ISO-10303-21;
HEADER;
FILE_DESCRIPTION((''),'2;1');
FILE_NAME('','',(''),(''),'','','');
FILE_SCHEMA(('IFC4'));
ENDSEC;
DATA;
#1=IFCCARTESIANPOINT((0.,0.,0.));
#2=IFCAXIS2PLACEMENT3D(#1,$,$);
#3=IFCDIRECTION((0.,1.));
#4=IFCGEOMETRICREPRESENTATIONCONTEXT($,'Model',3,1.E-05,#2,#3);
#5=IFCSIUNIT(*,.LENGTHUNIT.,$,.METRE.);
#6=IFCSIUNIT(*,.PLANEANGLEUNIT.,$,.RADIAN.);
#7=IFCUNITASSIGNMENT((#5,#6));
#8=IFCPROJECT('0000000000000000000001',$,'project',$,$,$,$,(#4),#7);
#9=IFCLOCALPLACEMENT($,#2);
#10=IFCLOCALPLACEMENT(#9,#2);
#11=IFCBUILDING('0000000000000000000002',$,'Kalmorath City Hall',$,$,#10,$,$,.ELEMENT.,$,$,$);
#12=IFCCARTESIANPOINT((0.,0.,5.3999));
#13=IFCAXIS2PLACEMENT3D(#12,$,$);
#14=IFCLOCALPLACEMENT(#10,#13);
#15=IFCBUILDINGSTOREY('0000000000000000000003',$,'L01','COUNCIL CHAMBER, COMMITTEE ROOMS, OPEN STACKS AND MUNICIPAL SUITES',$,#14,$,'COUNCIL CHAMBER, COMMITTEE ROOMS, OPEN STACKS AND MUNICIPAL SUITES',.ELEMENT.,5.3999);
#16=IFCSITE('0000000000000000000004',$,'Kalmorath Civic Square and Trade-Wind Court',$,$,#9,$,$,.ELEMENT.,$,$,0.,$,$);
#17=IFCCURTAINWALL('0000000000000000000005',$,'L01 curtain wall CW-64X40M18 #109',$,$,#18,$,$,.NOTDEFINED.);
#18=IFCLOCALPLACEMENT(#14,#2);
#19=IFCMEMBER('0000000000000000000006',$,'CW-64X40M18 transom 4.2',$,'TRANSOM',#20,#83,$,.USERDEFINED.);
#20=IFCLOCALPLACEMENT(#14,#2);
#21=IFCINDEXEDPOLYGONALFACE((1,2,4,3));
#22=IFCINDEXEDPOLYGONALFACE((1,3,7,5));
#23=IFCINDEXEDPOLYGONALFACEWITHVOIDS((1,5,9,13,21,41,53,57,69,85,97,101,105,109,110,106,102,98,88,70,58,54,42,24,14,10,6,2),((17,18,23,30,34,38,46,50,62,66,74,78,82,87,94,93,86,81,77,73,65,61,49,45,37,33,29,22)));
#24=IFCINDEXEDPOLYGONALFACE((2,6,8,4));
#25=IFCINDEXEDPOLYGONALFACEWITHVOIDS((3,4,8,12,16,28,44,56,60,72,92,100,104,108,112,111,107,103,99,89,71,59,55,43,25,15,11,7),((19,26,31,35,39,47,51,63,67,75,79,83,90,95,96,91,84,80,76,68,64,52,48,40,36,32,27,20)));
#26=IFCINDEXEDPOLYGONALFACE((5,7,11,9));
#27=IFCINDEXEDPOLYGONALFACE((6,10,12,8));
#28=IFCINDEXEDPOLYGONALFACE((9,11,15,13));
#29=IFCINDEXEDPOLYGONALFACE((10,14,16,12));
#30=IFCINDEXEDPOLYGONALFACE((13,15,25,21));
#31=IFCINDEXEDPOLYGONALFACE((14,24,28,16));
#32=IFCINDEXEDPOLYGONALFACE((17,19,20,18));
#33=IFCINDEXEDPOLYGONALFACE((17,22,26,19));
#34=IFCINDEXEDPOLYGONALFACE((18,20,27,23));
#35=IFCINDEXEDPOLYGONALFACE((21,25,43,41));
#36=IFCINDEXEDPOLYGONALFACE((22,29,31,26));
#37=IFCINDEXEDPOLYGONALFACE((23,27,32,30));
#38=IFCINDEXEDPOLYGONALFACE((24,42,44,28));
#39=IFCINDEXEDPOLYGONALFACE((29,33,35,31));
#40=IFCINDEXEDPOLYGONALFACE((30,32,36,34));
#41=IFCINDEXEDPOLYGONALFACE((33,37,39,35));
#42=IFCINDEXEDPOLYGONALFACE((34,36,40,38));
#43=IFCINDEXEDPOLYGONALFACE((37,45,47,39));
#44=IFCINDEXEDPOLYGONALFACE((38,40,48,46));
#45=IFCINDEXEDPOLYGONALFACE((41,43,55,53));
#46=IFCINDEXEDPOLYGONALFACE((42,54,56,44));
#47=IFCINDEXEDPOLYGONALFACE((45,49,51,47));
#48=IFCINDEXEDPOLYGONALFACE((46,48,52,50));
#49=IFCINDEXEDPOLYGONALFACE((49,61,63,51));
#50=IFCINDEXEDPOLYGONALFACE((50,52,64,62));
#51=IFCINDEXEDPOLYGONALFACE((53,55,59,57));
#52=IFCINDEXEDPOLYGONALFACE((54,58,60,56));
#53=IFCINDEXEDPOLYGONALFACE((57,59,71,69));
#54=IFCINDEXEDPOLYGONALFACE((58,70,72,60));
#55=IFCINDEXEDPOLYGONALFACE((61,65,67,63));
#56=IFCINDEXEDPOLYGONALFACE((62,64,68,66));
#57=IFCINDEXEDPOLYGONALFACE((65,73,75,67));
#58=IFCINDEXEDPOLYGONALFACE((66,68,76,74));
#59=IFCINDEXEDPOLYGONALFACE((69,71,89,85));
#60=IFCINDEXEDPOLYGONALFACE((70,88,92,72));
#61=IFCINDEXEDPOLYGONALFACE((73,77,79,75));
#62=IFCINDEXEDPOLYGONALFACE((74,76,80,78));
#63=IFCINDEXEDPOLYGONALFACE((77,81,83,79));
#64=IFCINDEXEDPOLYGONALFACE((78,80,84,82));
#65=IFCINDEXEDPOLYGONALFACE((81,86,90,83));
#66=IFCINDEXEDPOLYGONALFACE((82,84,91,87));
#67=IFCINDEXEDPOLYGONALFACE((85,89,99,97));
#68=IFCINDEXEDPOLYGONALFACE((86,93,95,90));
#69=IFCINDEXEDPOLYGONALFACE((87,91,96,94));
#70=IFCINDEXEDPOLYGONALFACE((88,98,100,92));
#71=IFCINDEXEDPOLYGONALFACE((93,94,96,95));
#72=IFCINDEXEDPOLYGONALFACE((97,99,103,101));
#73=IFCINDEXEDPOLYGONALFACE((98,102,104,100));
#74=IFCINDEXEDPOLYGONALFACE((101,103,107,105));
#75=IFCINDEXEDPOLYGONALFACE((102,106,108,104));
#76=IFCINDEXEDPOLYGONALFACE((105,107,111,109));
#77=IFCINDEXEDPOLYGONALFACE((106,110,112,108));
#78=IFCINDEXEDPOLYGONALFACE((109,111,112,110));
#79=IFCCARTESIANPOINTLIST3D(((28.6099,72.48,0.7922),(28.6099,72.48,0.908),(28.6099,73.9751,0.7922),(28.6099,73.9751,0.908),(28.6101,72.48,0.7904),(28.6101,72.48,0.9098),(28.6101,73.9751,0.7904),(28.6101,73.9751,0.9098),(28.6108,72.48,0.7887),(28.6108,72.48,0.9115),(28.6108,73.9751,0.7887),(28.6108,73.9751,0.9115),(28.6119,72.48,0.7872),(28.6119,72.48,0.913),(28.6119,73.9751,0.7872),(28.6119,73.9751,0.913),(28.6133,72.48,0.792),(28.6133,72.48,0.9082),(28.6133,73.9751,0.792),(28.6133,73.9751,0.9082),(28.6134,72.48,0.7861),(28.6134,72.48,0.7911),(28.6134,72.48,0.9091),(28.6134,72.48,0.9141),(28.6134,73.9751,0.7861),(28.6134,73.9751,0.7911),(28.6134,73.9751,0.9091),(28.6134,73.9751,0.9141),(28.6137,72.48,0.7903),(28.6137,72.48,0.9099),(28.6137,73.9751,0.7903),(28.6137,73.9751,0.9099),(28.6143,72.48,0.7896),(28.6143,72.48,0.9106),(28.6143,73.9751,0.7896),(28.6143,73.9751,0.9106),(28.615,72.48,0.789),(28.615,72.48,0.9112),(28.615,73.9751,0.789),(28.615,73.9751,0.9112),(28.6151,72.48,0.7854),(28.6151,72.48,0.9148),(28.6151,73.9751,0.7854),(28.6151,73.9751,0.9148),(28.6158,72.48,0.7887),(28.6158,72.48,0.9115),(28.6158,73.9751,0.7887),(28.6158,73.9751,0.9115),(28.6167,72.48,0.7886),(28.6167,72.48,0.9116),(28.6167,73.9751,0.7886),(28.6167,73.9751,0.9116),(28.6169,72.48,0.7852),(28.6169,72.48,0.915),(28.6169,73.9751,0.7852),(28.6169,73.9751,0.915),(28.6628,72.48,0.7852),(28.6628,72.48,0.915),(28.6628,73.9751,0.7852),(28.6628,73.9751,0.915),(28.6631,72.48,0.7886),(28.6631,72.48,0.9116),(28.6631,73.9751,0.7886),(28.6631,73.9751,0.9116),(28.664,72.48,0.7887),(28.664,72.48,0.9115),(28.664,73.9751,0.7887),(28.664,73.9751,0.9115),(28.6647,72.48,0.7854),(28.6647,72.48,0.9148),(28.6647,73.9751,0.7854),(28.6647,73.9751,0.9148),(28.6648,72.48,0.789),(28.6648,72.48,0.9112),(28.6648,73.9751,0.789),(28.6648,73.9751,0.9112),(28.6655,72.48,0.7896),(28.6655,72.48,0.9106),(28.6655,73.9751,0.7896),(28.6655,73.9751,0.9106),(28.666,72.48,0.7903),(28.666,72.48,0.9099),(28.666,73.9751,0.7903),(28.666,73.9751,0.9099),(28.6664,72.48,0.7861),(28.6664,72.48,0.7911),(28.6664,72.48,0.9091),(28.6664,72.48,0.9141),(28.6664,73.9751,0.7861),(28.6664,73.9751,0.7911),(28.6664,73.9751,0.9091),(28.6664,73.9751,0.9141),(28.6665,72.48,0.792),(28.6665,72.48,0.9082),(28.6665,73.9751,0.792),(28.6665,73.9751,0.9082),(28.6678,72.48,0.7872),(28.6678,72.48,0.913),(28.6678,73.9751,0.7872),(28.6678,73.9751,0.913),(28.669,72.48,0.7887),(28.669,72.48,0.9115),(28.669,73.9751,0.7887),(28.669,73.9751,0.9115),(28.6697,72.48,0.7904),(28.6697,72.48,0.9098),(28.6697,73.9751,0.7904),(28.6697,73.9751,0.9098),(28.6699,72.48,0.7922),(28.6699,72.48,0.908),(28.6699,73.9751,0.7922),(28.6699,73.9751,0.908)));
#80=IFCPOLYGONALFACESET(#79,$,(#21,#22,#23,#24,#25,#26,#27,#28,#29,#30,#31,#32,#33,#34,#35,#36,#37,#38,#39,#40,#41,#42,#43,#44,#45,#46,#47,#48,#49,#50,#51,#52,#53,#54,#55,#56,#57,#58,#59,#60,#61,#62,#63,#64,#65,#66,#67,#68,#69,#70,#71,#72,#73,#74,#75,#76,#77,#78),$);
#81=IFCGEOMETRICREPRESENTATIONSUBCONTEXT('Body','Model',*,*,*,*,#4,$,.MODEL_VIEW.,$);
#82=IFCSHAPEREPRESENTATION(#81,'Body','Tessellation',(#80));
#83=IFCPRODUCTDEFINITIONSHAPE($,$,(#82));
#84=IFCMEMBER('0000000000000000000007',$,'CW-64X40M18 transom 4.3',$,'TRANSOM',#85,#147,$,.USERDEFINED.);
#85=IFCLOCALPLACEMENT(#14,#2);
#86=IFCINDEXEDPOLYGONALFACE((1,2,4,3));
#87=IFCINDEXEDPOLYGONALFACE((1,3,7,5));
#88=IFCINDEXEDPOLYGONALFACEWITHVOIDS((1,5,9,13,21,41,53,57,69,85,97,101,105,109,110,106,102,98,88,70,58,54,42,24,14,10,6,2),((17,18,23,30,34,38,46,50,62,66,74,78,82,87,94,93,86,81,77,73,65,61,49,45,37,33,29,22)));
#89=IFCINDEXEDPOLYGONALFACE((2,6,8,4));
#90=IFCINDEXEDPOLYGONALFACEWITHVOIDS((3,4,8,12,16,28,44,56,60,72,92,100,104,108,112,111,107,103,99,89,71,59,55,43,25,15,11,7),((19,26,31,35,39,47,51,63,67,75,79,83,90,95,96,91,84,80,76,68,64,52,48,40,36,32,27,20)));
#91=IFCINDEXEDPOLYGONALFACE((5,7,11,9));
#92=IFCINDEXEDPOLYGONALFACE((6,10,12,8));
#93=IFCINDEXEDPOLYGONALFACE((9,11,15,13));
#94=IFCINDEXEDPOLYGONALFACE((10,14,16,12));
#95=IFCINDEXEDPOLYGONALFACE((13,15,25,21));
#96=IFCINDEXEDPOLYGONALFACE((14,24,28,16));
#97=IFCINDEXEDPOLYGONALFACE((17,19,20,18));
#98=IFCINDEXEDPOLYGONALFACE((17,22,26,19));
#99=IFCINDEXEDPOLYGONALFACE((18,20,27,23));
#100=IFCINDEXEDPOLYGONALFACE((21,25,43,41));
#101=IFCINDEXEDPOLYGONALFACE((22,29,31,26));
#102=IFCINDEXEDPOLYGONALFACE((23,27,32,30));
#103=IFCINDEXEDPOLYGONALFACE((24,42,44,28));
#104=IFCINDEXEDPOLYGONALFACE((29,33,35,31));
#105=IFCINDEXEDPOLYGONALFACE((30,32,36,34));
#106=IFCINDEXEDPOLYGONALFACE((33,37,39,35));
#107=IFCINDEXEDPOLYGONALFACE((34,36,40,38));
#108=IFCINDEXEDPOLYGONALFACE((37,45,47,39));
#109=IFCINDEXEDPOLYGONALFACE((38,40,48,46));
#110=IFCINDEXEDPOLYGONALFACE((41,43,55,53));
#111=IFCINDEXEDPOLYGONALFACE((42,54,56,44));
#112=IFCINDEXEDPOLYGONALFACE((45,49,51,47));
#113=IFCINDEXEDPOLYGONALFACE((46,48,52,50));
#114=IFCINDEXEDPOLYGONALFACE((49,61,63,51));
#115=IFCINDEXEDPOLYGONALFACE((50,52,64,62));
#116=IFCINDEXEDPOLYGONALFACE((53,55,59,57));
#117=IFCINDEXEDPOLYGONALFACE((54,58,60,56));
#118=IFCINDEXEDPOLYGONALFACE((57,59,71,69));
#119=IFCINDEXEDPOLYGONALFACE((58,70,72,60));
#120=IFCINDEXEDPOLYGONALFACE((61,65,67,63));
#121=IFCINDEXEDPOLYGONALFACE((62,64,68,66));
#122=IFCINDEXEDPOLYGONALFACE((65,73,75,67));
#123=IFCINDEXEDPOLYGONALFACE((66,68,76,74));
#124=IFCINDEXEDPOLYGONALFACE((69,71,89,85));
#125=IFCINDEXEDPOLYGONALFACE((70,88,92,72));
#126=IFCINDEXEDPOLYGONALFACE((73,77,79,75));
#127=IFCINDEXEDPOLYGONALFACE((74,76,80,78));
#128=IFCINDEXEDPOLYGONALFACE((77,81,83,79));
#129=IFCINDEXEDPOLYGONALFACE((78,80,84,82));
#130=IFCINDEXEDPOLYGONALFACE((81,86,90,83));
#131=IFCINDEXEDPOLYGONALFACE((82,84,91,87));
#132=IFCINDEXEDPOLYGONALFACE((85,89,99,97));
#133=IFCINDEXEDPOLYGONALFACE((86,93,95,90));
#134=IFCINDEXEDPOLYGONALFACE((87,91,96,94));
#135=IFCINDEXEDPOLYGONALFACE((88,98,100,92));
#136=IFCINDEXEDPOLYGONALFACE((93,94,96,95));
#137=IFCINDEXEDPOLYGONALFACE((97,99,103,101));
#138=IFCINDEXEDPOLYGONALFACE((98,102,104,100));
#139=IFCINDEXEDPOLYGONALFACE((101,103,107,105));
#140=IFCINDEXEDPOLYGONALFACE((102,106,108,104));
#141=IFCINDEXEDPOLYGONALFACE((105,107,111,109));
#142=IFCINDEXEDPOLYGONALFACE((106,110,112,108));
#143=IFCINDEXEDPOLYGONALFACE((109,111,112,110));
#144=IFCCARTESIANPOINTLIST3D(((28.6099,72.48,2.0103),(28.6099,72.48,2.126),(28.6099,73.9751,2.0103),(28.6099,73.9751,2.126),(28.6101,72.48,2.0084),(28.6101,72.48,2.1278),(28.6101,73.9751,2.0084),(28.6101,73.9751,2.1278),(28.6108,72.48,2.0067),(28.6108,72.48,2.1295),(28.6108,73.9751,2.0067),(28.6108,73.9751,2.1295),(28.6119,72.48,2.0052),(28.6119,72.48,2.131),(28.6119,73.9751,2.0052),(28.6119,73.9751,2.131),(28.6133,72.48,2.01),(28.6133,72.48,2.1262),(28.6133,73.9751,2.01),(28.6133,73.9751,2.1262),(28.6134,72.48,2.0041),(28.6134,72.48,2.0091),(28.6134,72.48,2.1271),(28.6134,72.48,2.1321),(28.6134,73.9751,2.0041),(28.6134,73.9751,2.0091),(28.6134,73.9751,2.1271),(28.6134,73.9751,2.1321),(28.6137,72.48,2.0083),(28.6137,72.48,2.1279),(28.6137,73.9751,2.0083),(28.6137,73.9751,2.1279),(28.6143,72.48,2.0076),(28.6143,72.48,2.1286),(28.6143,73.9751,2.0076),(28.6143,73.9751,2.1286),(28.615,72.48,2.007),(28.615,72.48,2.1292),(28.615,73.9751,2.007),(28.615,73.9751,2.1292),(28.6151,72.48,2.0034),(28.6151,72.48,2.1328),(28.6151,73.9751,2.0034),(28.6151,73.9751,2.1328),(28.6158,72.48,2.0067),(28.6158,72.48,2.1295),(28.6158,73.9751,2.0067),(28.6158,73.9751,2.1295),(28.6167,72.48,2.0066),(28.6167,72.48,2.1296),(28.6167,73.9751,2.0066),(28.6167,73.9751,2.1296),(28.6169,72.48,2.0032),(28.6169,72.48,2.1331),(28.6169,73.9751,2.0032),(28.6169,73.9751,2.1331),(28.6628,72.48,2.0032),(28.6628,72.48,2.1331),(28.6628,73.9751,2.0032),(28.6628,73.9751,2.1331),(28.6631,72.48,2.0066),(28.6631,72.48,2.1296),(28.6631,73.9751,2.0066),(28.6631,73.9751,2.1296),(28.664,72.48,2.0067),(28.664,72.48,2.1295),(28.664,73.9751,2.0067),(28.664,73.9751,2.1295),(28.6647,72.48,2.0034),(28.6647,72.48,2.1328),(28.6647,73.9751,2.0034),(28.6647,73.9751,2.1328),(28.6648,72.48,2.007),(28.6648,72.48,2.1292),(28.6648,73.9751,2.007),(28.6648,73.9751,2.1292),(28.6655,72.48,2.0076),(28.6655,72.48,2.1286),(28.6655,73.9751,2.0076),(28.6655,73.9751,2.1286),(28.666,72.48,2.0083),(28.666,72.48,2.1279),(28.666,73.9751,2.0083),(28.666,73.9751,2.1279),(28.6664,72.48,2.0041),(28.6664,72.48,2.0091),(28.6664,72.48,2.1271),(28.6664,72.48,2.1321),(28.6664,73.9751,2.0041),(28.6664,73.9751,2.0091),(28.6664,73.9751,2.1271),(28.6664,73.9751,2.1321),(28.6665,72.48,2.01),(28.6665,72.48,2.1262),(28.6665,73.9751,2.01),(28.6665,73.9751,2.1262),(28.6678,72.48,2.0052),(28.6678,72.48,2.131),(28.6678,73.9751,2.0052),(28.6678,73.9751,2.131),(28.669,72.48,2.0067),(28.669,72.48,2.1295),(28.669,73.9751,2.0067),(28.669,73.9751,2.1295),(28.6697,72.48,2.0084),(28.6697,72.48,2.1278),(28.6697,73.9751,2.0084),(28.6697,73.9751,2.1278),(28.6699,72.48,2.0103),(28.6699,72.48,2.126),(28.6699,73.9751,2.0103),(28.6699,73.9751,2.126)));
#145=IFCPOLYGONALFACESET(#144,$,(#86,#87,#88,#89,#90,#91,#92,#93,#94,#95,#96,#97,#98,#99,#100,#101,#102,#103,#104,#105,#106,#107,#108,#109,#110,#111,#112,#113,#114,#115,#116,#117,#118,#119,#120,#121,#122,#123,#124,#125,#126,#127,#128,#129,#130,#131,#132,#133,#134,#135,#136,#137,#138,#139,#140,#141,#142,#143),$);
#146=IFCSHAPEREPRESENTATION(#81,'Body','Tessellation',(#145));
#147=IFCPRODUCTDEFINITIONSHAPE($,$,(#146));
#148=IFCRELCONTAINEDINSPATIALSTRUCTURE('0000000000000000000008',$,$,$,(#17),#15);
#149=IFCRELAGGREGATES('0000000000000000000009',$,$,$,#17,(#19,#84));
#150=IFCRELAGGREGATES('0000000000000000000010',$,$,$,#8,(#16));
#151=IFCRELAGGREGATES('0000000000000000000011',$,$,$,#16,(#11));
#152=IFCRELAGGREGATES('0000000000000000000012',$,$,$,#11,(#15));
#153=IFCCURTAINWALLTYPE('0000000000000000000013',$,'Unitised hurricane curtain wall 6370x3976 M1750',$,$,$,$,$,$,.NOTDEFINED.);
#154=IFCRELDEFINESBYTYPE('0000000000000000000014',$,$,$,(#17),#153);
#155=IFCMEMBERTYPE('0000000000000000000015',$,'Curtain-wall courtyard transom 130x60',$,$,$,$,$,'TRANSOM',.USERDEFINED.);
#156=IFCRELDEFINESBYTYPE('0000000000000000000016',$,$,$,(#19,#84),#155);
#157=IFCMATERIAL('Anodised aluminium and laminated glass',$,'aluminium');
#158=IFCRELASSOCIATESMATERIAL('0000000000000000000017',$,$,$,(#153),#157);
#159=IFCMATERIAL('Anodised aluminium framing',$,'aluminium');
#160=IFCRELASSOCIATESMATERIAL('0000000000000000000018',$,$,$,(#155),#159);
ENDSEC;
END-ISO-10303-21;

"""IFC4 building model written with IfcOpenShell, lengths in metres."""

from ifc_helpers import new_model, si_unit, direction, frame, origin, origin_2d, place, context, subcontext, project, spatial, hollow_rectangle, extrude, material, material_profile, profile_set, type_object, element, aggregate, save


model = new_model("IFC4")

# Units and contexts
model_context = context("Model", 3, precision=1e-05, world=origin(), true_north=direction((0.0, 1.0)))
body_context = subcontext(model_context, "Body", "Model", "MODEL_VIEW")
ifc_project = project(units=[si_unit("LENGTHUNIT", "METRE"), si_unit("PLANEANGLEUNIT", "RADIAN")], contexts=[model_context])

# Site, building, storey
site_placement = place(None, origin())
site = spatial("IfcSite", under=ifc_project, at=site_placement, Name="Kalmorath Civic Square and Trade-Wind Court", CompositionType="ELEMENT", RefElevation=0.0)
building_placement = place(site_placement, origin())
building = spatial("IfcBuilding", under=site, at=building_placement, Name="Kalmorath City Hall", CompositionType="ELEMENT")
storey_placement = place(building_placement, frame((0.0, 0.0, 5.3999)))
storey = spatial("IfcBuildingStorey", under=building, at=storey_placement, Name="L01", Description="COUNCIL CHAMBER, COMMITTEE ROOMS, OPEN STACKS AND MUNICIPAL SUITES", LongName="COUNCIL CHAMBER, COMMITTEE ROOMS, OPEN STACKS AND MUNICIPAL SUITES", CompositionType="ELEMENT", Elevation=5.3999)

# Curtain wall, members
ifc_material_1 = material(Name="Anodised aluminium and laminated glass", Category="aluminium")
curtain_wall_type = type_object("IfcCurtainWallType", Name="Unitised hurricane curtain wall 6370x3976 M1750", PredefinedType="NOTDEFINED", material=ifc_material_1)
curtain_wall_placement = place(storey_placement, origin())
curtain_wall = element("IfcCurtainWall", 1, at=curtain_wall_placement, inside=storey, type_object=curtain_wall_type, Name="L01 curtain wall CW-64X40M18 #109", PredefinedType="NOTDEFINED")
ifc_material_2 = material(Name="Anodised aluminium framing", Category="aluminium")
ifc_material_profile_1 = material_profile(ifc_material_2, hollow_rectangle(XDim=0.0601, YDim=0.1299, WallThickness=0.0034, InnerFilletRadius=0.0034, OuterFilletRadius=0.0071, at=origin_2d()), Name="ALU-TRN-130X60X3.5")
ifc_profile_set_1 = profile_set([ifc_material_profile_1], Name="Anodised aluminium framing")
member_type_1 = type_object("IfcMemberType", Name="Curtain-wall courtyard transom 130x60", ElementType="TRANSOM", PredefinedType="USERDEFINED", material=ifc_profile_set_1)
member_1_placement = place(storey_placement, frame((28.6399, 73.9751, 0.8501), z_axis=(0.0, -1.0, 0.0), x_axis=(1.0, 0.0, 0.0)))
member_1 = element("IfcMember", 2, at=member_1_placement, type_object=member_type_1, Name="CW-64X40M18 transom 4.2", ObjectType="TRANSOM", PredefinedType="USERDEFINED", context=body_context, shape_type="SweptSolid", body=[
    extrude(hollow_rectangle(XDim=0.0601, YDim=0.1299, WallThickness=0.0034, InnerFilletRadius=0.0034, OuterFilletRadius=0.0071, at=origin_2d()), origin(), (0.0, 0.0, 1.0), 1.4951),
])
member_2_placement = place(storey_placement, frame((28.6399, 73.9751, 2.0681), z_axis=(0.0, -1.0, 0.0), x_axis=(1.0, 0.0, 0.0)))
member_2 = element("IfcMember", 3, at=member_2_placement, type_object=member_type_1, Name="CW-64X40M18 transom 4.3", ObjectType="TRANSOM", PredefinedType="USERDEFINED", context=body_context, shape_type="SweptSolid", body=[
    extrude(hollow_rectangle(XDim=0.0601, YDim=0.1299, WallThickness=0.0034, InnerFilletRadius=0.0034, OuterFilletRadius=0.0071, at=origin_2d()), origin(), (0.0, 0.0, 1.0), 1.4951),
])

aggregate(curtain_wall, [member_1, member_2])

save(model, "model.ifc")
